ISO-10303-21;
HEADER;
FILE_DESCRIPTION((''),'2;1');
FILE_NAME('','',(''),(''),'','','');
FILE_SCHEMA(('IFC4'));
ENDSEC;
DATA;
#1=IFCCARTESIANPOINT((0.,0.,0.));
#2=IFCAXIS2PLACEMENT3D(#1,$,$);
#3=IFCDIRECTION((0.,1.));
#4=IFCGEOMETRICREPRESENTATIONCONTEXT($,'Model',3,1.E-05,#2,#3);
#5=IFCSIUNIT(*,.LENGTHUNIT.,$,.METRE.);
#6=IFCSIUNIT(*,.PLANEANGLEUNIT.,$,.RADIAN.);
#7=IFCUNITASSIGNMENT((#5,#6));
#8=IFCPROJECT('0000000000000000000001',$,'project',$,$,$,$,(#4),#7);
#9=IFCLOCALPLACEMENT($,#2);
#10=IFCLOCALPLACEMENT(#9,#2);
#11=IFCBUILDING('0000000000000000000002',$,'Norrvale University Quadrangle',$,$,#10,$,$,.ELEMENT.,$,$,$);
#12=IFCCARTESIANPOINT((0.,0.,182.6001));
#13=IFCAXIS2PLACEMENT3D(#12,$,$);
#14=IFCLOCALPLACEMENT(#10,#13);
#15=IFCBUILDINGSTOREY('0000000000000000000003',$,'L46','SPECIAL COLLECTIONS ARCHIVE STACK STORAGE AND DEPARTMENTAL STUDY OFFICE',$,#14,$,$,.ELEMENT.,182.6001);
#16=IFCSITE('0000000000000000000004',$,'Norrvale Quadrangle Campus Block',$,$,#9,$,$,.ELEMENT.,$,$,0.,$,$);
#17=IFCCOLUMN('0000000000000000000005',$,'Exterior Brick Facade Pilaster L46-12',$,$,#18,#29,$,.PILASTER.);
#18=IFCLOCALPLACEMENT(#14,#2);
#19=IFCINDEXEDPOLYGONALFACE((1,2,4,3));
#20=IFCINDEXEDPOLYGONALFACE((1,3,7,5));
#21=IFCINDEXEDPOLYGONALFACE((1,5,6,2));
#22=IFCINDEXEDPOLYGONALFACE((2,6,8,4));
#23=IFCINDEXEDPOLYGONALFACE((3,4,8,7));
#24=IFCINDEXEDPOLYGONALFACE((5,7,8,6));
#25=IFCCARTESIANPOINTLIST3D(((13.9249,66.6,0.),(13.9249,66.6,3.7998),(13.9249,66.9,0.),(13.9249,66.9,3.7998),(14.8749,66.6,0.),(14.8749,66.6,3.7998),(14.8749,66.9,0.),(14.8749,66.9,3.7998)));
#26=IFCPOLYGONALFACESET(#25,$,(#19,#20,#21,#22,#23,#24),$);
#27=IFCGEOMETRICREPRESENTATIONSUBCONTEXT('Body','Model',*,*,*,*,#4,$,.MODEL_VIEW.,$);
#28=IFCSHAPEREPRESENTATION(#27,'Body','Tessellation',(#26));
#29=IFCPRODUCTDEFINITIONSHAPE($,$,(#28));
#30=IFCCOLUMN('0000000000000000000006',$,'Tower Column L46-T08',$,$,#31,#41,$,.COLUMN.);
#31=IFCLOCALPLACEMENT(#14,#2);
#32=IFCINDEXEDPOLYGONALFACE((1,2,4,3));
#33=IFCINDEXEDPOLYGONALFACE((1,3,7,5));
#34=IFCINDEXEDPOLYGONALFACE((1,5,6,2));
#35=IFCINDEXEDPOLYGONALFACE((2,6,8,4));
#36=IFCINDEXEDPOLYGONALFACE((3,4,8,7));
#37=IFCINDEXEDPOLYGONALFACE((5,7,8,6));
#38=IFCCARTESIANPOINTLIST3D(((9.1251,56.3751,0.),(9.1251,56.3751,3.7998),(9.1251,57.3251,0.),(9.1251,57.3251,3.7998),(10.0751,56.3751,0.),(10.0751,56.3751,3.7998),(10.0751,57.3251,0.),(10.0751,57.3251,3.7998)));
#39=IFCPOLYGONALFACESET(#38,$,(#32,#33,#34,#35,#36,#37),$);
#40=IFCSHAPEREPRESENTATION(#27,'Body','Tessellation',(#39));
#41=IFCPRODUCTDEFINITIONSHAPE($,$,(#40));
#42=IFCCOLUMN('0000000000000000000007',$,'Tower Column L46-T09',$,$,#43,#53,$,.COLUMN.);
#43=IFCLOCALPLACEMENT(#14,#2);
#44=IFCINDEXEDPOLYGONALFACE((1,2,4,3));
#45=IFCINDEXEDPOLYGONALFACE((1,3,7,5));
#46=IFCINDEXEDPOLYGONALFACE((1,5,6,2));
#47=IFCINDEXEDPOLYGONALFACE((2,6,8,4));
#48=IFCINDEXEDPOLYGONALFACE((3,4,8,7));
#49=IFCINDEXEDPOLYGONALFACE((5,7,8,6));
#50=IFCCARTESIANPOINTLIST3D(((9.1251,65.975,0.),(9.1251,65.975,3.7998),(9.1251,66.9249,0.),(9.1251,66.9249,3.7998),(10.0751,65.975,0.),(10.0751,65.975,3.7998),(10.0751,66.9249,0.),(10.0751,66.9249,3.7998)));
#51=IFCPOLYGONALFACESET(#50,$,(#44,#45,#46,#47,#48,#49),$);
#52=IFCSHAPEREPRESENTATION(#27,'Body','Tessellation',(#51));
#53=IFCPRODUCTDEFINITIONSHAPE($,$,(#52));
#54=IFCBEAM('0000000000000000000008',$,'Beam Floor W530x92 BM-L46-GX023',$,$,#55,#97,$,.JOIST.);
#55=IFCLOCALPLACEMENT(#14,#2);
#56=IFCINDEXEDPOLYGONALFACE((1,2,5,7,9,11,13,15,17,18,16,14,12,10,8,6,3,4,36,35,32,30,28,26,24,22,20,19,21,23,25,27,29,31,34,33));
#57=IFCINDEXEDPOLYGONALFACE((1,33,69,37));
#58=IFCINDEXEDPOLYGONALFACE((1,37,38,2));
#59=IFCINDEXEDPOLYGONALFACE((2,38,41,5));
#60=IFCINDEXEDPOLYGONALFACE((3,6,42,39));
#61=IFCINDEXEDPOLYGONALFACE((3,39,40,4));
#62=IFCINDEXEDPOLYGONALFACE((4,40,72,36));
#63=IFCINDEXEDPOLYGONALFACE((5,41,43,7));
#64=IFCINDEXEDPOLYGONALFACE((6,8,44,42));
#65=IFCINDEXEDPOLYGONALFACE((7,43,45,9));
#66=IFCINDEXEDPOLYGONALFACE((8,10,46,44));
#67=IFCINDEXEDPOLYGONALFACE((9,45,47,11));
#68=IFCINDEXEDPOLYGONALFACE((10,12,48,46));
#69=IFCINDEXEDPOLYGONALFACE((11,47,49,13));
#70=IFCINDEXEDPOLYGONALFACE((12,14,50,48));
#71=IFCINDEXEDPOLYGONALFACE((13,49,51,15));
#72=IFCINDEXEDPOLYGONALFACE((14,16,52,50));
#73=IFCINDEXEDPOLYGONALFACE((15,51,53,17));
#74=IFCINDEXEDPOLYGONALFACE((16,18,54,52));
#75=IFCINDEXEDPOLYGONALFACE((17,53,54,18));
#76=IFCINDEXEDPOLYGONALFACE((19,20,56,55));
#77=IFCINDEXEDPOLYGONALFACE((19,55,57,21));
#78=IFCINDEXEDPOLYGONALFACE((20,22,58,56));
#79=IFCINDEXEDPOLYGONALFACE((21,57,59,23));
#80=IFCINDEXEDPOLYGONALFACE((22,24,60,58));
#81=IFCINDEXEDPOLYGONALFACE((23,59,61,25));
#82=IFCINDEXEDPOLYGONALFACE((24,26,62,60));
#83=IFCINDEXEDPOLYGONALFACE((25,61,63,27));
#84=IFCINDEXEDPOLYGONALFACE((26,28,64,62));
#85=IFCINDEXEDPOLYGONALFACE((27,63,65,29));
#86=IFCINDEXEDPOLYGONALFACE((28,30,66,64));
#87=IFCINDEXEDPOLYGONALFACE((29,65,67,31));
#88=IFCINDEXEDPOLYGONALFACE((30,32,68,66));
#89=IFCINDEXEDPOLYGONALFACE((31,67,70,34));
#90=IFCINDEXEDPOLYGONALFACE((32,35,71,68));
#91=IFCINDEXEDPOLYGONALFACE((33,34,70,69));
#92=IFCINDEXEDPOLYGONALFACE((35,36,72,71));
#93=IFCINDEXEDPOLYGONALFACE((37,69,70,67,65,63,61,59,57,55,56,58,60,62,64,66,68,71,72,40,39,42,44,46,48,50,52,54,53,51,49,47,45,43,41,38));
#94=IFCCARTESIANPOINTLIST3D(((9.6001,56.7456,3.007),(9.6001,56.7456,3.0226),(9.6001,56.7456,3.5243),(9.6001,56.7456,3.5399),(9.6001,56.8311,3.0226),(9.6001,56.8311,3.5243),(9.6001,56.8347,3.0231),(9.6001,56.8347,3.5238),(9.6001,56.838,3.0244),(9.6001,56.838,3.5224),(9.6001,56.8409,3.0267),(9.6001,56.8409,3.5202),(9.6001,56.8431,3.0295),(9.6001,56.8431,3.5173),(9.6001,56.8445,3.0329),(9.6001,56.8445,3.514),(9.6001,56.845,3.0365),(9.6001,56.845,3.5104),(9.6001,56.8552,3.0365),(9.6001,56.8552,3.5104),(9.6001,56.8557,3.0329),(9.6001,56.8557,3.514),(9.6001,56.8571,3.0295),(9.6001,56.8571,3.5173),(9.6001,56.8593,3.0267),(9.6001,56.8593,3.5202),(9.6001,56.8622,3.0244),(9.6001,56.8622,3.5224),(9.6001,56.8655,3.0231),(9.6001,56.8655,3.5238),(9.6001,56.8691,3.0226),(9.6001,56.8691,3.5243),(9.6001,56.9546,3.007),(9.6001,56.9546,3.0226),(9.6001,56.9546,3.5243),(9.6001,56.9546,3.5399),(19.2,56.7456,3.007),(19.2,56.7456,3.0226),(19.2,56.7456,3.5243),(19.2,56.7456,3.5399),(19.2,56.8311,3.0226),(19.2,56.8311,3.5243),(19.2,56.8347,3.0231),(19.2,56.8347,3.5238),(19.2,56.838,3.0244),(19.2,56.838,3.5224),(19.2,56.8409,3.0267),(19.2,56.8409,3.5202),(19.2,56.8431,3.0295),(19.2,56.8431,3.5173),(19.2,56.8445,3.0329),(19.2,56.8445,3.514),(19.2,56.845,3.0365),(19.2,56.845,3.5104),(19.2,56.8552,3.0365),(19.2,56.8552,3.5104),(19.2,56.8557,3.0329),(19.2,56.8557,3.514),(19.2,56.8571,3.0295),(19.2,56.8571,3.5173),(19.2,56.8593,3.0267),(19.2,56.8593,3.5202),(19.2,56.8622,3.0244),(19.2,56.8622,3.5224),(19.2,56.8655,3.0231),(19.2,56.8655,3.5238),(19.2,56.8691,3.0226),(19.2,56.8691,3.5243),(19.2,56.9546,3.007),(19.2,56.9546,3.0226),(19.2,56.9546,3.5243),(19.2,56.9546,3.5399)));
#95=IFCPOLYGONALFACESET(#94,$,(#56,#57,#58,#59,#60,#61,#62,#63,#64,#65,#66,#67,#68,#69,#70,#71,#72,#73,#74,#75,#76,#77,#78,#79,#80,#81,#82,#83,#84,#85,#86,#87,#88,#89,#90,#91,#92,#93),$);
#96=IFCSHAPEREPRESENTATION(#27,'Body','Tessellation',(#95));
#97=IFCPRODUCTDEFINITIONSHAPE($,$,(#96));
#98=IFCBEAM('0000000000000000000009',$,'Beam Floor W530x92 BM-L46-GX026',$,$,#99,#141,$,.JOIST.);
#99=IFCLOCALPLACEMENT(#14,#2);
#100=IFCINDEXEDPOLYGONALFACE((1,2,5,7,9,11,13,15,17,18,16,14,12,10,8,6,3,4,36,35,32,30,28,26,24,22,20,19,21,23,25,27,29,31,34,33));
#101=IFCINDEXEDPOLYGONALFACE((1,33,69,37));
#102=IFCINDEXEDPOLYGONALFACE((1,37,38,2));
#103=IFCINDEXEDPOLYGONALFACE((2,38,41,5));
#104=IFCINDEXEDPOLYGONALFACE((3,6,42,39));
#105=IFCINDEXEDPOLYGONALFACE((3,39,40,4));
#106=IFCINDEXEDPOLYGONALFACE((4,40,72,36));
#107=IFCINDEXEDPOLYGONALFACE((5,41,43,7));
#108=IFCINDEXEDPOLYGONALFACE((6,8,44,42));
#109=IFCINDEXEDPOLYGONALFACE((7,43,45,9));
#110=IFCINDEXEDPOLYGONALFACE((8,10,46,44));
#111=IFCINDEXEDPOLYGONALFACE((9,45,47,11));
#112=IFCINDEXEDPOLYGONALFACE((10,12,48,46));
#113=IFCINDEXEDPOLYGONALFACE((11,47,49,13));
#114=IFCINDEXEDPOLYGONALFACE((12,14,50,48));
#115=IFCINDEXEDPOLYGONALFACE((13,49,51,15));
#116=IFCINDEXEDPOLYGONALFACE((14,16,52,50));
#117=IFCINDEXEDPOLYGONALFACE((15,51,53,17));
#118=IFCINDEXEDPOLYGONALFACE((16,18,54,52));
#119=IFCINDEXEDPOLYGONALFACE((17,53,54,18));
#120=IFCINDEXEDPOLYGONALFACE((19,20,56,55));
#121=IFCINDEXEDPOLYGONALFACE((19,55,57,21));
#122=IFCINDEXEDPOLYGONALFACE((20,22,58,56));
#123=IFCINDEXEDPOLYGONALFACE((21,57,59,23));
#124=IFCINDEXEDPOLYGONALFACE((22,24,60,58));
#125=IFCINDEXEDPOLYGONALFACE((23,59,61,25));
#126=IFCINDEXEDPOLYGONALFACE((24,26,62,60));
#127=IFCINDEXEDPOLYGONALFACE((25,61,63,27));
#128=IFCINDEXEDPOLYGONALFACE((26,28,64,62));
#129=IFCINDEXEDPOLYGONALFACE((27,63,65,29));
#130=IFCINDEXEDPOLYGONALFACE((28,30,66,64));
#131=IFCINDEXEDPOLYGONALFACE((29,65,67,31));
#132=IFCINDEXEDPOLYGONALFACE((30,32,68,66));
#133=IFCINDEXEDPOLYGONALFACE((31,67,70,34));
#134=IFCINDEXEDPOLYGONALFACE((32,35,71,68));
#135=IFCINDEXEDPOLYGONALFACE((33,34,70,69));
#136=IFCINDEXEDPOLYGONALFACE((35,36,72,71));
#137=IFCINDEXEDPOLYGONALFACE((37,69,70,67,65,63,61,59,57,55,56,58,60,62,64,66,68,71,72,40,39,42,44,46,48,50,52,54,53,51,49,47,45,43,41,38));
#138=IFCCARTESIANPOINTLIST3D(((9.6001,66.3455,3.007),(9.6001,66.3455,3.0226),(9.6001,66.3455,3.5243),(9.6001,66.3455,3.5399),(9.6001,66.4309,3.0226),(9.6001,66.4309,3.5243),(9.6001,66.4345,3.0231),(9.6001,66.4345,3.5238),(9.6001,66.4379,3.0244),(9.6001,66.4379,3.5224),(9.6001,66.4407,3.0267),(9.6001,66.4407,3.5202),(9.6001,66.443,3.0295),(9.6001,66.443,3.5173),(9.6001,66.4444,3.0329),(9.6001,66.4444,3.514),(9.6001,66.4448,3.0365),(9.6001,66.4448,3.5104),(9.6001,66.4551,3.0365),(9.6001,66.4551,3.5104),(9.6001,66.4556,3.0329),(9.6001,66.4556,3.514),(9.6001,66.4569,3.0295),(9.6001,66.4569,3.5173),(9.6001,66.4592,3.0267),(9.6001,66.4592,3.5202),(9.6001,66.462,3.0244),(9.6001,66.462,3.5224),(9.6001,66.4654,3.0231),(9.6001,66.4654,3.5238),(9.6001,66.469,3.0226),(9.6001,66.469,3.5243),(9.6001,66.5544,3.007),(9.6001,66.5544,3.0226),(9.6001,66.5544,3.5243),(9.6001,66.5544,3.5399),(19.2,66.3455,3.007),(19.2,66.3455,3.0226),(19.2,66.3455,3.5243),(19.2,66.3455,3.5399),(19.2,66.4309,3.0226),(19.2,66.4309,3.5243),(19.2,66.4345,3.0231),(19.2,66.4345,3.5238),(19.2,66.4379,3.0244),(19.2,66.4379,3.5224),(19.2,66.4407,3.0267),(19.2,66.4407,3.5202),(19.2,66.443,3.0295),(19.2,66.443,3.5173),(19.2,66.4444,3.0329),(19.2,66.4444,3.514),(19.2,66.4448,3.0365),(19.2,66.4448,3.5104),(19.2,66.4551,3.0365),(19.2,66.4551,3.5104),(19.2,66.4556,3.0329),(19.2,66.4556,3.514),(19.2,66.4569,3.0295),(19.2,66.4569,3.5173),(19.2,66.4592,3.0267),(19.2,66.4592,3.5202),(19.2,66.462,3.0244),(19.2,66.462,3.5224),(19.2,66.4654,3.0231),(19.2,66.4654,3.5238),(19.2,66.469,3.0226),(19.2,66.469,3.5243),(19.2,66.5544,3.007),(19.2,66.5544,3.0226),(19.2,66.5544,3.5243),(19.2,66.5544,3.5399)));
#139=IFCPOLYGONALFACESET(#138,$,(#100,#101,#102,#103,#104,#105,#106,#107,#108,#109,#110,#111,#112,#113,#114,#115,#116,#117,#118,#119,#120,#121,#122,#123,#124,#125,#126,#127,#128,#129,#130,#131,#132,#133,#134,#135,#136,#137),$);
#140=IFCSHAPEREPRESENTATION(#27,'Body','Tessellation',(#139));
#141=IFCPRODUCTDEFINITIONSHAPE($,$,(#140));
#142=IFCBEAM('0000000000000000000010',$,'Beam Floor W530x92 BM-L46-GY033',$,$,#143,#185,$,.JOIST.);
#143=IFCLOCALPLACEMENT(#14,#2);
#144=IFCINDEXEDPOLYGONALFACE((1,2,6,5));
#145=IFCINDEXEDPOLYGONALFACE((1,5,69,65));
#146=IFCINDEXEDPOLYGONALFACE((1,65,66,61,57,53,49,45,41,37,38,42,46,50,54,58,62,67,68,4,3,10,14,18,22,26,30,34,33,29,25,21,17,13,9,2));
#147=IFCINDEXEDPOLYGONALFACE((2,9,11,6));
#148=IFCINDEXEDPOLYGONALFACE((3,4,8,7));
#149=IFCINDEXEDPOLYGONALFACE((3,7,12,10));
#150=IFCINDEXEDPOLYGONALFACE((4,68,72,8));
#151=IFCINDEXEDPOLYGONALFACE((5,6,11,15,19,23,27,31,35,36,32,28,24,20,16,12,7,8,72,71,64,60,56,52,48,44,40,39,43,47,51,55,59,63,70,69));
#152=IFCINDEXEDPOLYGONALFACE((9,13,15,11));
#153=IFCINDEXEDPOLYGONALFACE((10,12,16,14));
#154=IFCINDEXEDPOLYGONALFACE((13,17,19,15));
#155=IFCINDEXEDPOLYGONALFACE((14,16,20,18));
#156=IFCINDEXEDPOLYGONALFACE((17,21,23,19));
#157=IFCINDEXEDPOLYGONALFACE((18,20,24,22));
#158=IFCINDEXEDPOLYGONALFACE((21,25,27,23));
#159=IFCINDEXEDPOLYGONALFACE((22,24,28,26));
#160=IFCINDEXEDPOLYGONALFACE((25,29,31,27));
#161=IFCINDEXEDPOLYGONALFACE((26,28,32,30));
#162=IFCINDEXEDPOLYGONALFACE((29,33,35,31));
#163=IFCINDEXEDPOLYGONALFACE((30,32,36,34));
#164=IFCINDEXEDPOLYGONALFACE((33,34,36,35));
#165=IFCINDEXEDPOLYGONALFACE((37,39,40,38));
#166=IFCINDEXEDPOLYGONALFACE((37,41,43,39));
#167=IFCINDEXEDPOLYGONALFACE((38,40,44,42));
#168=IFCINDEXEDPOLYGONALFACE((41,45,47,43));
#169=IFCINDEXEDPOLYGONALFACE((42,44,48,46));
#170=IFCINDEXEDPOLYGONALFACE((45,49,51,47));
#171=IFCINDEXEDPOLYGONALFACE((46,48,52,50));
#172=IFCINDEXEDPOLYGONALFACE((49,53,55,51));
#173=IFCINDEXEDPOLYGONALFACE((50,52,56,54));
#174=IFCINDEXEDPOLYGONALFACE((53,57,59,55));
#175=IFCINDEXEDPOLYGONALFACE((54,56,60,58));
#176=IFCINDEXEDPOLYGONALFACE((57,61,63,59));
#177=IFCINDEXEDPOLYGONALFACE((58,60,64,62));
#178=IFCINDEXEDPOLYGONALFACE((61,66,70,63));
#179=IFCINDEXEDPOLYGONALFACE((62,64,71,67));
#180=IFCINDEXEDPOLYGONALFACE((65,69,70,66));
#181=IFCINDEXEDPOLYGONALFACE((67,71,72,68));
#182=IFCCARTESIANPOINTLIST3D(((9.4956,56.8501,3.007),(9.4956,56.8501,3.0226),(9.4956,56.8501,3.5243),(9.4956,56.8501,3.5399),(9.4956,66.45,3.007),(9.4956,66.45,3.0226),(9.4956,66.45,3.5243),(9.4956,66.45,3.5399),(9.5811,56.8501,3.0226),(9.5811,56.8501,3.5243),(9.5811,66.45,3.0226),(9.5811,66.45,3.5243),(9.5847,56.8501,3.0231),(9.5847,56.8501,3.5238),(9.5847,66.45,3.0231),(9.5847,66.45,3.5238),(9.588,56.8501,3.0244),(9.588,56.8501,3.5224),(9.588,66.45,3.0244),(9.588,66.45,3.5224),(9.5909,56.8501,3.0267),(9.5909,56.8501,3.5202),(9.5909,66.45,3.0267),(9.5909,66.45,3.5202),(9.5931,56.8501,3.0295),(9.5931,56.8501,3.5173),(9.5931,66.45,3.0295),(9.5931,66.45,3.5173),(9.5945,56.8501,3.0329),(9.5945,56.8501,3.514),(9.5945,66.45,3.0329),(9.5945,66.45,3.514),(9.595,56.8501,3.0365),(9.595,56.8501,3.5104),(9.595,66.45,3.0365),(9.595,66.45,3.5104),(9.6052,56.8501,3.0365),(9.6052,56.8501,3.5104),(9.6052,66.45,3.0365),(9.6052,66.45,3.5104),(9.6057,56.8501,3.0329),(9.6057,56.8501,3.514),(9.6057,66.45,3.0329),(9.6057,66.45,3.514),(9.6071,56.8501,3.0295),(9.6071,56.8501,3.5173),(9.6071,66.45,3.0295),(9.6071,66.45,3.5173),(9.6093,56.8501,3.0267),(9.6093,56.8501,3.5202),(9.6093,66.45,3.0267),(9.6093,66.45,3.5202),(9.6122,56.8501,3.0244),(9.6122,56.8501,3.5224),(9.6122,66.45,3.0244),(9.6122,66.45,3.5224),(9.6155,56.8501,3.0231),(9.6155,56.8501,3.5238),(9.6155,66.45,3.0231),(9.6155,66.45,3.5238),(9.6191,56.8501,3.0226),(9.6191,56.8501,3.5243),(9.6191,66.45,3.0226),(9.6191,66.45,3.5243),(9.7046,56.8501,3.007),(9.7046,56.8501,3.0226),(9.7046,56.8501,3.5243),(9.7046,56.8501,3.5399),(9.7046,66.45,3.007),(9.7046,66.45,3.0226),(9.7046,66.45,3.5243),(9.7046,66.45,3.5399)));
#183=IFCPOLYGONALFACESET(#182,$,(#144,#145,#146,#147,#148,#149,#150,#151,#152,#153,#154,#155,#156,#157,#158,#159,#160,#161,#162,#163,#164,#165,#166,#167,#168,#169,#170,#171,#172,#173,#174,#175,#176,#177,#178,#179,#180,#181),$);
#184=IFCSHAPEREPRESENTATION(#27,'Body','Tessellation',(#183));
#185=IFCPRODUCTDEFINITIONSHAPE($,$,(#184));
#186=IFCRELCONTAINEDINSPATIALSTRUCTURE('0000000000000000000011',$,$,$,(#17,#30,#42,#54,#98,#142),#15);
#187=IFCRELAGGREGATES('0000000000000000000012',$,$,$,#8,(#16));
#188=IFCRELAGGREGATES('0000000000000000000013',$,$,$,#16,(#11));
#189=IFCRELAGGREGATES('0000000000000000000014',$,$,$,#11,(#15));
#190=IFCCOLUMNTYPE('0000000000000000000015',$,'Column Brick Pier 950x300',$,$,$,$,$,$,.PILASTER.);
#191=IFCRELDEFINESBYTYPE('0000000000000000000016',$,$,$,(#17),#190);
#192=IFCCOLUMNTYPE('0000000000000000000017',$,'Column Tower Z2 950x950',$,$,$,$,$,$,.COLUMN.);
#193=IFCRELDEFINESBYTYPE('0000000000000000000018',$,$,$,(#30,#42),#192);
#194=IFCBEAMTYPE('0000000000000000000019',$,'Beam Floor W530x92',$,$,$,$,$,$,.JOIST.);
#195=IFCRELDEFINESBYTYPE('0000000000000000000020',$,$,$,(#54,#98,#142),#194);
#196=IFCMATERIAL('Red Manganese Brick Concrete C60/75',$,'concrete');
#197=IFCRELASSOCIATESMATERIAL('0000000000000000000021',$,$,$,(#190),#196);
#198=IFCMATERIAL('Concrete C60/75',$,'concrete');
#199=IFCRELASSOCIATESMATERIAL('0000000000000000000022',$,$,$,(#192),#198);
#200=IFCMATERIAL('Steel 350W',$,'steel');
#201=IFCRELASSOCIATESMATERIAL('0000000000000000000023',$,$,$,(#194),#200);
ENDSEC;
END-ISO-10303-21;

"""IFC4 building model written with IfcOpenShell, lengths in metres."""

from ifc_helpers import new_model, si_unit, direction, frame, origin, origin_2d, place, context, subcontext, project, spatial, rectangle, i_section, extrude, material, material_profile, profile_set, type_object, element, save


model = new_model("IFC4")

# Units and contexts
model_context = context("Model", 3, precision=1e-05, world=origin(), true_north=direction((0.0, 1.0)))
body_context = subcontext(model_context, "Body", "Model", "MODEL_VIEW")
ifc_project = project(units=[si_unit("LENGTHUNIT", "METRE"), si_unit("PLANEANGLEUNIT", "RADIAN")], contexts=[model_context])

# Site, building, storey
site_placement = place(None, origin())
site = spatial("IfcSite", under=ifc_project, at=site_placement, Name="Norrvale Quadrangle Campus Block", CompositionType="ELEMENT", RefElevation=0.0)
building_placement = place(site_placement, origin())
building = spatial("IfcBuilding", under=site, at=building_placement, Name="Norrvale University Quadrangle", CompositionType="ELEMENT")
storey_placement = place(building_placement, frame((0.0, 0.0, 182.6001)))
storey = spatial("IfcBuildingStorey", under=building, at=storey_placement, Name="L46", Description="SPECIAL COLLECTIONS ARCHIVE STACK STORAGE AND DEPARTMENTAL STUDY OFFICE", CompositionType="ELEMENT", Elevation=182.6001)

# Columns
ifc_material_1 = material(Name="Red Manganese Brick Concrete C60/75", Category="concrete")
ifc_material_profile_1 = material_profile(ifc_material_1, rectangle(XDim=0.95, YDim=0.3, at=origin_2d()), Name="Red Manganese Brick Concrete C60/75")
ifc_profile_set_1 = profile_set([ifc_material_profile_1], Name="Red Manganese Brick Concrete C60/75")
column_type_1 = type_object("IfcColumnType", Name="Column Brick Pier 950x300", PredefinedType="PILASTER", material=ifc_profile_set_1)
column_placement = place(storey_placement, frame((14.3999, 66.75, 0.0), z_axis=(0.0, 0.0, 1.0), x_axis=(1.0, 0.0, 0.0)))
element("IfcColumn", 1, at=column_placement, inside=storey, type_object=column_type_1, Name="Exterior Brick Facade Pilaster L46-12", PredefinedType="PILASTER", context=body_context, shape_type="SweptSolid", body=[
    extrude(rectangle(XDim=0.95, YDim=0.3, at=origin_2d()), origin(), (0.0, 0.0, 1.0), 3.7998),
])
ifc_material_2 = material(Name="Concrete C60/75", Category="concrete")
ifc_material_profile_2 = material_profile(ifc_material_2, rectangle(XDim=0.95, YDim=0.95, at=origin_2d()), Name="Concrete C60/75")
ifc_profile_set_2 = profile_set([ifc_material_profile_2], Name="Concrete C60/75")
column_type_2 = type_object("IfcColumnType", Name="Column Tower Z2 950x950", PredefinedType="COLUMN", material=ifc_profile_set_2)
for number, where, z_axis, x_axis, name in (
    (2, (9.6001, 56.8501, 0.0), (0.0, 0.0, 1.0), (1.0, 0.0, 0.0), "Tower Column L46-T08"),
    (3, (9.6001, 66.45, 0.0), (0.0, 0.0, 1.0), (1.0, 0.0, 0.0), "Tower Column L46-T09"),
):
    element("IfcColumn", number, at=place(storey_placement, frame(where, z_axis=z_axis, x_axis=x_axis)), inside=storey, type_object=column_type_2, Name=name, PredefinedType="COLUMN", context=body_context, shape_type="SweptSolid", body=[
        extrude(rectangle(XDim=0.95, YDim=0.95, at=origin_2d()), origin(), (0.0, 0.0, 1.0), 3.7998),
    ])

# Beams
ifc_material_3 = material(Name="Steel 350W", Category="steel")
ifc_material_profile_3 = material_profile(ifc_material_3, i_section(OverallWidth=0.209, OverallDepth=0.533, WebThickness=0.0103, FlangeThickness=0.0156, FilletRadius=0.0139, at=origin_2d()), Name="Steel 350W")
ifc_profile_set_3 = profile_set([ifc_material_profile_3], Name="Steel 350W")
beam_type_1 = type_object("IfcBeamType", Name="Beam Floor W530x92", PredefinedType="JOIST", material=ifc_profile_set_3)
for number, where, z_axis, x_axis, name in (
    (4, (9.6001, 56.8501, 3.2734), (1.0, 0.0, 0.0), (0.0, 1.0, 0.0), "Beam Floor W530x92 BM-L46-GX023"),
    (5, (9.6001, 66.45, 3.2734), (1.0, 0.0, 0.0), (0.0, 1.0, 0.0), "Beam Floor W530x92 BM-L46-GX026"),
    (6, (9.6001, 56.8501, 3.2734), (0.0, 1.0, 0.0), (-1.0, 0.0, 0.0), "Beam Floor W530x92 BM-L46-GY033"),
):
    element("IfcBeam", number, at=place(storey_placement, frame(where, z_axis=z_axis, x_axis=x_axis)), inside=storey, type_object=beam_type_1, Name=name, PredefinedType="JOIST", context=body_context, shape_type="SweptSolid", body=[
        extrude(i_section(OverallWidth=0.209, OverallDepth=0.533, WebThickness=0.0103, FlangeThickness=0.0156, FilletRadius=0.0139, at=origin_2d()), origin(), (0.0, 0.0, 1.0), 9.5999),
    ])

save(model, "model.ifc")
